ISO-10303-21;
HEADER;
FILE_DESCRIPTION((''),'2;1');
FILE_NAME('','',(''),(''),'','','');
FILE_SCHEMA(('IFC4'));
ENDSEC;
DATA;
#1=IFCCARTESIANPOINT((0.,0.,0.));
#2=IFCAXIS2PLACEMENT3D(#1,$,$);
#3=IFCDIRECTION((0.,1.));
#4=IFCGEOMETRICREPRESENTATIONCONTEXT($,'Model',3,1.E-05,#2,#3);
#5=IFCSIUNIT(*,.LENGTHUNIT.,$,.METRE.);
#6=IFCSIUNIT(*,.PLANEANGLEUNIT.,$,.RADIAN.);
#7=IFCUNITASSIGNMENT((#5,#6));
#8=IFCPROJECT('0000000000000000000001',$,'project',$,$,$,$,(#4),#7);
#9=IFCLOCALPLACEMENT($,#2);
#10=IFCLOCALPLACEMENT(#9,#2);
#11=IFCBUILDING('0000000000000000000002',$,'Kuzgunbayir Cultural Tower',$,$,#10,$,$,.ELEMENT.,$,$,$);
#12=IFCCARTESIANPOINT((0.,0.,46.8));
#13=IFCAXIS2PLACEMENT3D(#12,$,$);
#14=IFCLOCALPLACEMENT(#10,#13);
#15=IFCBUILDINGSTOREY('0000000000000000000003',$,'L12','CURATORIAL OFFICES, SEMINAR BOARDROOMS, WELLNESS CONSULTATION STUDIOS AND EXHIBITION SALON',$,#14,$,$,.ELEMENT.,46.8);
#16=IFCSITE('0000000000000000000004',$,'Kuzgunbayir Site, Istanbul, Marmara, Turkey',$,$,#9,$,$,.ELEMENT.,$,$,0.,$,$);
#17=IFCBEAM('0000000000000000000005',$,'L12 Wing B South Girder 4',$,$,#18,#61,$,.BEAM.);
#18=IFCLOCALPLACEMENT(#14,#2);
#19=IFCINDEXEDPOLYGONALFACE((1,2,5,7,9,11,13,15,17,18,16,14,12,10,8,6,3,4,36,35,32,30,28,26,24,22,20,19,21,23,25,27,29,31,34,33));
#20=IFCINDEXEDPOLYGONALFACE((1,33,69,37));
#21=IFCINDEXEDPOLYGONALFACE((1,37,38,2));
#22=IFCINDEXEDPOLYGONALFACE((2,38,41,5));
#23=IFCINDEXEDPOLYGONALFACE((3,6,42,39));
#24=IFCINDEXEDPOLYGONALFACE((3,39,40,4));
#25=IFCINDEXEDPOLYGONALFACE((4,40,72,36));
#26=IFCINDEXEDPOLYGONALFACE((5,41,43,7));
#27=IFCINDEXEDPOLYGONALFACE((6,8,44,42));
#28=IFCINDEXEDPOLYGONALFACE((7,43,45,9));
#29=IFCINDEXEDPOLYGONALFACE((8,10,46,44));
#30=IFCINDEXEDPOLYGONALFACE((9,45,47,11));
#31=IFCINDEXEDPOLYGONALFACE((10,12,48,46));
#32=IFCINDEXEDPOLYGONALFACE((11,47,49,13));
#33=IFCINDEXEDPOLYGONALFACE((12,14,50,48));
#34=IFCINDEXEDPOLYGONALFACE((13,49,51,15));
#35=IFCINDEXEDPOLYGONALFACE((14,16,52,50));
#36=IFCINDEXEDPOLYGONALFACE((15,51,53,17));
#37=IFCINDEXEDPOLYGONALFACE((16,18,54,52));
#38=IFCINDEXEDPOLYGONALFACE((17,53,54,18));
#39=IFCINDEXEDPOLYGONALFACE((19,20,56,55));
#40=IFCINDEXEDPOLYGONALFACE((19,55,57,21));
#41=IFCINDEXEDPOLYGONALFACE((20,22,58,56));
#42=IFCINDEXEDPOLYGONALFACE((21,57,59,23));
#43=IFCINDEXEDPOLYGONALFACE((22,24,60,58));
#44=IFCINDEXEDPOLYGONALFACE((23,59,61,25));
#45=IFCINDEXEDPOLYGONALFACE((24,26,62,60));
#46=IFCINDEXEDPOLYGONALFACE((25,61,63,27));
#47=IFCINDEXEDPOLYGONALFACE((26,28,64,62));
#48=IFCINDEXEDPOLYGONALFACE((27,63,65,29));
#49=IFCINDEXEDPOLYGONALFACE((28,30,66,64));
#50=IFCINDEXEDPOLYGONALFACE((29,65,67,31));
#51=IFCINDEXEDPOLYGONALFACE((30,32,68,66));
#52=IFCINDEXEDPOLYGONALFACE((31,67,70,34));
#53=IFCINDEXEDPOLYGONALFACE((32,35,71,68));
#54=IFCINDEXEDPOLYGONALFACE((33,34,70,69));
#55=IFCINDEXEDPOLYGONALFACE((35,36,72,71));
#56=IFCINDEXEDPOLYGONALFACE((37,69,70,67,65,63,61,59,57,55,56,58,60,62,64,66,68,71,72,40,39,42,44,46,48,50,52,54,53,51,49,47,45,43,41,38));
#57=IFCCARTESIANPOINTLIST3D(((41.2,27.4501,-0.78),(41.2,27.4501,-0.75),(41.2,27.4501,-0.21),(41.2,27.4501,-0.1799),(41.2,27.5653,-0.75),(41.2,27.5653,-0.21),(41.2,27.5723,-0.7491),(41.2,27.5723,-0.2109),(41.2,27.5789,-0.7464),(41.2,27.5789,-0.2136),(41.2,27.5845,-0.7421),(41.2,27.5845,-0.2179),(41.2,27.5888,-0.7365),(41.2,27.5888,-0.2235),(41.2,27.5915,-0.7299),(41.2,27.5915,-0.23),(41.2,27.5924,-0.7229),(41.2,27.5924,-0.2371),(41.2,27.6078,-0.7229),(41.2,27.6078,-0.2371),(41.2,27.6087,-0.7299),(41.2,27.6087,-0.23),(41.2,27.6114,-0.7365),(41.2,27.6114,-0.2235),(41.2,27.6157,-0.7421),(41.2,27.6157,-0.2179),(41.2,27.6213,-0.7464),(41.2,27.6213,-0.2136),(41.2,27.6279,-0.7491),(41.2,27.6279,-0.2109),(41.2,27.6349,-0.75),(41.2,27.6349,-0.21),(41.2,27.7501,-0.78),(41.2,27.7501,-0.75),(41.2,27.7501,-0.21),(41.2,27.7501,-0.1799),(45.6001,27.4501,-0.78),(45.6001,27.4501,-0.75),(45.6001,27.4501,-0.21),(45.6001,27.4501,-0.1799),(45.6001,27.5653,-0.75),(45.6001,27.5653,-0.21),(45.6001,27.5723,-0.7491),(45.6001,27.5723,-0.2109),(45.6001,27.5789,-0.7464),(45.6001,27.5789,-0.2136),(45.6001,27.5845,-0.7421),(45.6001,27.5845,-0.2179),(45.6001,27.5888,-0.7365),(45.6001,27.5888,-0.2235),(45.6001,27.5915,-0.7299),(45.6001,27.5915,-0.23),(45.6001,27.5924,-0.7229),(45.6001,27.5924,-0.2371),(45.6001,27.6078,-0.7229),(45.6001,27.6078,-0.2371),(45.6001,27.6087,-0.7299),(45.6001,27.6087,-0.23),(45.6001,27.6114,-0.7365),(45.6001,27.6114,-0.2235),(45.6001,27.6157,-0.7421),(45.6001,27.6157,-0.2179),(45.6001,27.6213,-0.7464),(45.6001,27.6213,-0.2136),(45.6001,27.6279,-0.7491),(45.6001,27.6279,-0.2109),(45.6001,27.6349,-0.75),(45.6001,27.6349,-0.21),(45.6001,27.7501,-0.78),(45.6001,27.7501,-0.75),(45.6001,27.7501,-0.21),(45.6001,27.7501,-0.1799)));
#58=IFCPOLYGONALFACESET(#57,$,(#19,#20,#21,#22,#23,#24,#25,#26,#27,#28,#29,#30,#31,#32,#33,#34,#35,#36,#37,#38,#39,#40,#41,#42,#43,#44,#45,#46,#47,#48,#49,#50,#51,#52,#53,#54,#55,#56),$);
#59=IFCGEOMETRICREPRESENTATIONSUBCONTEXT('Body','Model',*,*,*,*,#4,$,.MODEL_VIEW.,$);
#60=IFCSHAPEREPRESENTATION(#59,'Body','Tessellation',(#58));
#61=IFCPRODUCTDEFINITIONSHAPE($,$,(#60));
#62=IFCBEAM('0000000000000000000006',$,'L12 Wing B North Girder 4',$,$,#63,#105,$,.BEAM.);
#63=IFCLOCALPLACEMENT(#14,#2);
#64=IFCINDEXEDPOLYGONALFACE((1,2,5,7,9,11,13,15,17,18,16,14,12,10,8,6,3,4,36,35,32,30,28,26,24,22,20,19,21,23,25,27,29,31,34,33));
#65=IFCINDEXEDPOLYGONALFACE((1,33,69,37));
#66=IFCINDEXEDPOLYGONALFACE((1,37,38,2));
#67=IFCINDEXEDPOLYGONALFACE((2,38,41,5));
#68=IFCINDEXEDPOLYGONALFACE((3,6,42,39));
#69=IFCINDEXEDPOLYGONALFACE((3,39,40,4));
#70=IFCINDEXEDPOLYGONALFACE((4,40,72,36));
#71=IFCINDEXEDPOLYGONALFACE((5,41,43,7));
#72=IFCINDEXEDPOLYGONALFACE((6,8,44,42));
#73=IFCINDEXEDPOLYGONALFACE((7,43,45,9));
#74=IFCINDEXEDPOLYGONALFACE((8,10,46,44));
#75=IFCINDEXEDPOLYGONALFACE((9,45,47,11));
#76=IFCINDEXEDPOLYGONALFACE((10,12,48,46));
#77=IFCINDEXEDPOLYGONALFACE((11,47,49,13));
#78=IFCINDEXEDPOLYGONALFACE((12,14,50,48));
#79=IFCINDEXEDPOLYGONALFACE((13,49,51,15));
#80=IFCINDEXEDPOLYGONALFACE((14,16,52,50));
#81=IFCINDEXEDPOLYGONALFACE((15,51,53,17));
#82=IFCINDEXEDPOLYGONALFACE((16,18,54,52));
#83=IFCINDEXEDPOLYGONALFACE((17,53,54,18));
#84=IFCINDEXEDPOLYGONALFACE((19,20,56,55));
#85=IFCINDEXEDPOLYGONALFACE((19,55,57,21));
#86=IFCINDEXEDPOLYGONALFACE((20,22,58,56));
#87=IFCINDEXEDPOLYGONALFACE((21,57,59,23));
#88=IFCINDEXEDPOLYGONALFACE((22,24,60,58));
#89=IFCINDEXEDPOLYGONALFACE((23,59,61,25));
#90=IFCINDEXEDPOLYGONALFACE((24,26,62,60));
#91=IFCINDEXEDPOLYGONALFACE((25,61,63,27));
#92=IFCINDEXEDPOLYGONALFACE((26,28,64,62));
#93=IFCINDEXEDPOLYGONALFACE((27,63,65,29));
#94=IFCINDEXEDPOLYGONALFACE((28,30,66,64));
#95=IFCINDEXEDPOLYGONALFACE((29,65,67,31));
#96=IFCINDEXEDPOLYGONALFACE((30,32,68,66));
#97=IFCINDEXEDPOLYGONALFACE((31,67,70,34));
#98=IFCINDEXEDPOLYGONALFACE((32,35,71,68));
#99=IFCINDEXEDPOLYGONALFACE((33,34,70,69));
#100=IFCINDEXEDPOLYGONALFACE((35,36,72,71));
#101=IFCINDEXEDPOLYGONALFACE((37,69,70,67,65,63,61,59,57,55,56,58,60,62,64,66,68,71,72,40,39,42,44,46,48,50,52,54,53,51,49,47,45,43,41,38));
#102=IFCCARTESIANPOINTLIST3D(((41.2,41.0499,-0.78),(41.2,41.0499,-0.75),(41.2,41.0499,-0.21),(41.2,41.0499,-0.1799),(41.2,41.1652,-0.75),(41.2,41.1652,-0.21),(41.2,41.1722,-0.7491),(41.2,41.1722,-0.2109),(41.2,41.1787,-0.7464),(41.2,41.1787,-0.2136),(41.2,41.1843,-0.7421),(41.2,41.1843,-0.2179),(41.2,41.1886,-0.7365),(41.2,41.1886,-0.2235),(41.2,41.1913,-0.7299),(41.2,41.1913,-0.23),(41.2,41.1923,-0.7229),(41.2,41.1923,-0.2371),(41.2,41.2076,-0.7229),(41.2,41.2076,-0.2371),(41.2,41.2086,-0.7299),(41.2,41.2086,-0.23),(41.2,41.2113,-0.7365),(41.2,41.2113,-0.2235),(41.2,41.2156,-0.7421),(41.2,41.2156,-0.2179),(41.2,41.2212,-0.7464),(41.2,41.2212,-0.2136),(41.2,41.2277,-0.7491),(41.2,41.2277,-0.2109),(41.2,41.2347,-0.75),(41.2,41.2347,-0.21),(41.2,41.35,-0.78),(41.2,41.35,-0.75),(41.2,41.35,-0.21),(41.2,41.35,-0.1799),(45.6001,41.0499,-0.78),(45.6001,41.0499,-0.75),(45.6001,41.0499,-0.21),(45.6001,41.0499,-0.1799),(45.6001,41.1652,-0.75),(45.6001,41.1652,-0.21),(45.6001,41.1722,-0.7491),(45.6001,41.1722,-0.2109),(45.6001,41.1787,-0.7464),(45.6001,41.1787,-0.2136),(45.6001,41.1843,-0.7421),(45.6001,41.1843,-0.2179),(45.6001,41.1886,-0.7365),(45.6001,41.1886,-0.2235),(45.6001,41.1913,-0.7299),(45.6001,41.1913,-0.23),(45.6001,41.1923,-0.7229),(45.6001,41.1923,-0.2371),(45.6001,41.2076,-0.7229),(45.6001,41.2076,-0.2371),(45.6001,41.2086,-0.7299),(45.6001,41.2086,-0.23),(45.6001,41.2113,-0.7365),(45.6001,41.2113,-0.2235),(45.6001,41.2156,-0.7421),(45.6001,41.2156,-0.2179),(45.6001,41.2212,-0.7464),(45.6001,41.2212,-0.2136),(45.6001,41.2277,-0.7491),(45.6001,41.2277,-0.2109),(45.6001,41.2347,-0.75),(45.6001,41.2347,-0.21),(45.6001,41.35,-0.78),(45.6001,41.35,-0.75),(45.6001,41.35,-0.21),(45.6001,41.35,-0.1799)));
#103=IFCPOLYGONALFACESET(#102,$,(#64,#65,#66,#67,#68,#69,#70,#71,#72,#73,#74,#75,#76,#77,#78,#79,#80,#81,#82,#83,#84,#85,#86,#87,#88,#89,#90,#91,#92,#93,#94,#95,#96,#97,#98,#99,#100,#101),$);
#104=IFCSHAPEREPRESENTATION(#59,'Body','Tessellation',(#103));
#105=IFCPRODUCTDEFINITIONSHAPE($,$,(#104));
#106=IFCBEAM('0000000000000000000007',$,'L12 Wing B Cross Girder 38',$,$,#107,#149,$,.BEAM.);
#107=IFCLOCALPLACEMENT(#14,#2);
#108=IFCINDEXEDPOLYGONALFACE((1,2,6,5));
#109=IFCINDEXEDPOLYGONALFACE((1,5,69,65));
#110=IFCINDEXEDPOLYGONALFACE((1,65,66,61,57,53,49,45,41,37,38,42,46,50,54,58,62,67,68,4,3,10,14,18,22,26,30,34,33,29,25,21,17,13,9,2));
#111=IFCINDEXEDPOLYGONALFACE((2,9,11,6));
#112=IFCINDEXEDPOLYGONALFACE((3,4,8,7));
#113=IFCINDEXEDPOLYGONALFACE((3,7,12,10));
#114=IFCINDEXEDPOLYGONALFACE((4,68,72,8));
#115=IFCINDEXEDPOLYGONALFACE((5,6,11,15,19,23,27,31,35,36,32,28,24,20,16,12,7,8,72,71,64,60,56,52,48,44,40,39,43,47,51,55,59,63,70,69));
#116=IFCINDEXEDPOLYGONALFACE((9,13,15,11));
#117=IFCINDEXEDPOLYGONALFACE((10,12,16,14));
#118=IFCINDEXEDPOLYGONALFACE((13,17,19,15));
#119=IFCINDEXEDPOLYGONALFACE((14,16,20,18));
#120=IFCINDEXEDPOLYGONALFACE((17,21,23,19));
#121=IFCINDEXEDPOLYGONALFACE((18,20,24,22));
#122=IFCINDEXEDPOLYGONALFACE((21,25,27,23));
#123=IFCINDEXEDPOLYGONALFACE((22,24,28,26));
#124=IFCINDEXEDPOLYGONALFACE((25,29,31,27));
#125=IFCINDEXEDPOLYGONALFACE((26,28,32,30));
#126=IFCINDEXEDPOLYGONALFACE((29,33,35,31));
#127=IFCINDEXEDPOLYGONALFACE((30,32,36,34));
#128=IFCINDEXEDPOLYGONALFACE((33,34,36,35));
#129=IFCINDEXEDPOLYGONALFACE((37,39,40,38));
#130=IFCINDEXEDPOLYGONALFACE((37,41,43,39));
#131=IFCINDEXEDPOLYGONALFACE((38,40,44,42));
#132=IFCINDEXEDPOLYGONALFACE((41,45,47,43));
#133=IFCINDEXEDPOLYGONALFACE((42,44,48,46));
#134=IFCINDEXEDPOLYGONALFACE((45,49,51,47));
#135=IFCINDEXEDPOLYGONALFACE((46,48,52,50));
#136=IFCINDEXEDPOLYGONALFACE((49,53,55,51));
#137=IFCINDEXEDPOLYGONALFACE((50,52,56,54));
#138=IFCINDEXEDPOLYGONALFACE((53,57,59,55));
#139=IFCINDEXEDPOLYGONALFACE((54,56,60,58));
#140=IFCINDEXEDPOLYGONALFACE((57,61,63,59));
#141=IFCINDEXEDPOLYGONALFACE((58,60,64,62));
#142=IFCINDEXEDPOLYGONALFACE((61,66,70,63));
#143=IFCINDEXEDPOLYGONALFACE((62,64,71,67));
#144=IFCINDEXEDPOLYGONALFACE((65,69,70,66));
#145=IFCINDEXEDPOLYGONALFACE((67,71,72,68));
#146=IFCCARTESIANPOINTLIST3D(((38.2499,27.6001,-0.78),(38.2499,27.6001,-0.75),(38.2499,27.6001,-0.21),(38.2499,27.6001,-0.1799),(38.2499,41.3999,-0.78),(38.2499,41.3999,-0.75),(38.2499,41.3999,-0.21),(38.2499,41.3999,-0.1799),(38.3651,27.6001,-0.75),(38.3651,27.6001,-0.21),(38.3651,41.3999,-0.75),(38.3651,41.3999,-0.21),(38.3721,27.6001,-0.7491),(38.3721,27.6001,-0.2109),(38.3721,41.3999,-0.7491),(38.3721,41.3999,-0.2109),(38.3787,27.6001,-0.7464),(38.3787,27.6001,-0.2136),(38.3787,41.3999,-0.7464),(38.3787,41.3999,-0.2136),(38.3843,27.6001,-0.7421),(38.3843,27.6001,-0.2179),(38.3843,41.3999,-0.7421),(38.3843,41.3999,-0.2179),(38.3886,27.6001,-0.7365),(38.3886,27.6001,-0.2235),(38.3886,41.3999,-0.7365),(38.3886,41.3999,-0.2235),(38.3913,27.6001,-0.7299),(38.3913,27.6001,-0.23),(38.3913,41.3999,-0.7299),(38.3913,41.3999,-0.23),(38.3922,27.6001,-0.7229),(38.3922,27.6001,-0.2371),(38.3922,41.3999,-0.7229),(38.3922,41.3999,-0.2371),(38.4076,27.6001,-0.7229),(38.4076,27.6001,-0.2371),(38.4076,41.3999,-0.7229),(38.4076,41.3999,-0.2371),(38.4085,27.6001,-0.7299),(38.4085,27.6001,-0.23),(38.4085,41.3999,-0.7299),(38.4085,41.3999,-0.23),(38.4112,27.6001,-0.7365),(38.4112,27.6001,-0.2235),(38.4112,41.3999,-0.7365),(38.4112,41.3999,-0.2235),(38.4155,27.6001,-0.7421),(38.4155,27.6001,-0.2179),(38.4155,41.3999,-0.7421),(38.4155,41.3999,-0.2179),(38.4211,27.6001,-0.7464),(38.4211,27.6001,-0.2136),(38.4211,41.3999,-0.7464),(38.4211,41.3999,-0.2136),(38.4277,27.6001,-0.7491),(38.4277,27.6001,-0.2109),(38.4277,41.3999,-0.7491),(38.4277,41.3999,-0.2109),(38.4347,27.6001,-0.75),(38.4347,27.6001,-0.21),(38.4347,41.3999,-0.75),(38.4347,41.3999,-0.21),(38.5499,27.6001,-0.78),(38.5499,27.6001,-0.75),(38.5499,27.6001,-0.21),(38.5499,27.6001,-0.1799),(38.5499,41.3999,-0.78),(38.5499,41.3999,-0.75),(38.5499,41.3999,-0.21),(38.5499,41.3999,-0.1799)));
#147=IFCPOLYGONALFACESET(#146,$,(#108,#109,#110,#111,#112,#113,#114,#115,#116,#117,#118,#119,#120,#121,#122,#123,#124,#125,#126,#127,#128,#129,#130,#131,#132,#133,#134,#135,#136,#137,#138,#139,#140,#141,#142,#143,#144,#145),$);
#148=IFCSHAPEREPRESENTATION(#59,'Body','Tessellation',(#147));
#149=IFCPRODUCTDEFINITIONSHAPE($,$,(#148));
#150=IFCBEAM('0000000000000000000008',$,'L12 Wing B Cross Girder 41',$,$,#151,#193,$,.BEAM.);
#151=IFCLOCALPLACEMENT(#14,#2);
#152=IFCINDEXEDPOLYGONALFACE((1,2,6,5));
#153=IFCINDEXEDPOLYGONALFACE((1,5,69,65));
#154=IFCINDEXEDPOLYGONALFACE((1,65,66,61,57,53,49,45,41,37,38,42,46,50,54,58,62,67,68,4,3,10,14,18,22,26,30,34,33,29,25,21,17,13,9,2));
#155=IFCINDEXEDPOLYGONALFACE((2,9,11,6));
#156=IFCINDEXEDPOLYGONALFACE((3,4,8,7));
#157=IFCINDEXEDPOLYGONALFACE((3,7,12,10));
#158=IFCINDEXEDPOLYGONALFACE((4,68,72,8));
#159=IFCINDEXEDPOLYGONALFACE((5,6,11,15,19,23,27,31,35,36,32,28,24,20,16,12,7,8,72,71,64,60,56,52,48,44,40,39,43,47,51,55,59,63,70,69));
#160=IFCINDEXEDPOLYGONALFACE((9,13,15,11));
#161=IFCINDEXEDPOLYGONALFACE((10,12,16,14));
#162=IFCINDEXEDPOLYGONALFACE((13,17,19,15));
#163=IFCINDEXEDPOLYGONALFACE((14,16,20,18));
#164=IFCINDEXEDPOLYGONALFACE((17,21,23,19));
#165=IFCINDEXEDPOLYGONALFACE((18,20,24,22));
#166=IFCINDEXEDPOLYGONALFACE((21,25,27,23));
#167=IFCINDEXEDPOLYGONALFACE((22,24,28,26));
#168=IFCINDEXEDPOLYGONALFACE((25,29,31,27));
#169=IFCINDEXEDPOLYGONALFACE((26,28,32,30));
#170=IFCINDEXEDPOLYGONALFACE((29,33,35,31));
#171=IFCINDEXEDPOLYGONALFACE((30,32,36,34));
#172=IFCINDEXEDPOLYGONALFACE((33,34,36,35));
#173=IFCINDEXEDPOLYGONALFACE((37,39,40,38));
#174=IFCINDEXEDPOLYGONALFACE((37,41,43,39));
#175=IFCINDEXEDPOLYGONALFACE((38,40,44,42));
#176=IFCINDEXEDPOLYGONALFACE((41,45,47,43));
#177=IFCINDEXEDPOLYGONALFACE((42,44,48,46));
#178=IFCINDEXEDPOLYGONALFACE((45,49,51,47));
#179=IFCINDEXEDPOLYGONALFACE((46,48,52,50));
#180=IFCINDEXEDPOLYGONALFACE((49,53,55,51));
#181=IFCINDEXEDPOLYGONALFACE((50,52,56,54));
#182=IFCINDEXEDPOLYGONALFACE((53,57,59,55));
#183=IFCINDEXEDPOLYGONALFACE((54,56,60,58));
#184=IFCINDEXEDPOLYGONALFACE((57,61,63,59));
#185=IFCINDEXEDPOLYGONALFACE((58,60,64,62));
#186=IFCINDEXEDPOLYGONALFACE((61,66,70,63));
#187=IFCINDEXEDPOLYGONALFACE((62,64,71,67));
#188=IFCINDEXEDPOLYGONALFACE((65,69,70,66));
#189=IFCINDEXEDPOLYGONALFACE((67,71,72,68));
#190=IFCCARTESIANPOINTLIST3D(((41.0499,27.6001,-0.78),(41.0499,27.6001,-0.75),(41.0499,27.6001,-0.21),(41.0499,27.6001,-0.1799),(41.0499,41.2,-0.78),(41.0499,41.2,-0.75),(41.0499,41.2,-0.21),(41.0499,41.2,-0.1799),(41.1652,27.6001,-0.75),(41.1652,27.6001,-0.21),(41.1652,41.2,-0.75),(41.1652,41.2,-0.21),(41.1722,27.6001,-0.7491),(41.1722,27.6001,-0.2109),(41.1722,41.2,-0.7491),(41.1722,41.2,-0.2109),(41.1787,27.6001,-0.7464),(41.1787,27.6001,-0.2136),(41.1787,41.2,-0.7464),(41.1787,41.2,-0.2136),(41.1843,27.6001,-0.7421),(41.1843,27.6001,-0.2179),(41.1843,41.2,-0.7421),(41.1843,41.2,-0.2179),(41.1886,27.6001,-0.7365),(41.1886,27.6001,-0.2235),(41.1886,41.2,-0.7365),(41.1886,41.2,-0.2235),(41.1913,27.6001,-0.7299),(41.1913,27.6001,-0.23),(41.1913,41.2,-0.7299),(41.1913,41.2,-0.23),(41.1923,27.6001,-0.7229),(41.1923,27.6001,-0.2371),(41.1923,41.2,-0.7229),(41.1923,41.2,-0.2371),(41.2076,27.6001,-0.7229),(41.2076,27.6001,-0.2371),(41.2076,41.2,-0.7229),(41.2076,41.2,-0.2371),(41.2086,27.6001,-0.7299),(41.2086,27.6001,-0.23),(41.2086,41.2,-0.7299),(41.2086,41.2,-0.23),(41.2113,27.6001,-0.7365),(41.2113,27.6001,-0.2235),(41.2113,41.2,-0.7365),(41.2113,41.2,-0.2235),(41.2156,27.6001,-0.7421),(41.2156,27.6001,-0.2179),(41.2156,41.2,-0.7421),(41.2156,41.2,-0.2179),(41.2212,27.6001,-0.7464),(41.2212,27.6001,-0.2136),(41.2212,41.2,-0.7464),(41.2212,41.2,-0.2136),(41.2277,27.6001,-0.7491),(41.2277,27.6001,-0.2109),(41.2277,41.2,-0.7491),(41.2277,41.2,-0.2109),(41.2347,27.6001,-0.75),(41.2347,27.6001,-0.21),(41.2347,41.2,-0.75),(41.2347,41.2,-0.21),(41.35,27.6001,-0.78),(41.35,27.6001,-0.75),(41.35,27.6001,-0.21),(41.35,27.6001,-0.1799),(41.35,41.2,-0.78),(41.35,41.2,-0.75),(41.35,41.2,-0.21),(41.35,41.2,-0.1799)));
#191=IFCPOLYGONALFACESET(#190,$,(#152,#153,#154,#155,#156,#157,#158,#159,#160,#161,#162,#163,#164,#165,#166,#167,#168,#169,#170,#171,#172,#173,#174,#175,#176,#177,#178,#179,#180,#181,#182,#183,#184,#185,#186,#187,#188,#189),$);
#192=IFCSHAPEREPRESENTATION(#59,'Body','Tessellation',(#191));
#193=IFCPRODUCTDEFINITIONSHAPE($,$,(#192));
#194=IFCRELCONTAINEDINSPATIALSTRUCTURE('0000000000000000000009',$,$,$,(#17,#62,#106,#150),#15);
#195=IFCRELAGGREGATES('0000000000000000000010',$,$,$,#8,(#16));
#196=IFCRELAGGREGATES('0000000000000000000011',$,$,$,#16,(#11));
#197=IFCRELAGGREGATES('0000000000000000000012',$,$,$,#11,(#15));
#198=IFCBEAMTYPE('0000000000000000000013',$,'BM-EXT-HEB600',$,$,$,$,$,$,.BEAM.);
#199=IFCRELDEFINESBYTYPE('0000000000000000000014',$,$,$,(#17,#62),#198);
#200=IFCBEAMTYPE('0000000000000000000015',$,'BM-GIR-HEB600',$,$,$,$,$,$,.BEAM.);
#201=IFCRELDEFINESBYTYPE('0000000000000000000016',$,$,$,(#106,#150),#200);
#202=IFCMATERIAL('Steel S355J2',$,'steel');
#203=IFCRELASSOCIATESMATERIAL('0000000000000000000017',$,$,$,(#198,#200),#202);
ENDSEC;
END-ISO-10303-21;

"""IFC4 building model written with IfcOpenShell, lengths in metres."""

from ifc_helpers import new_model, si_unit, direction, frame, origin, origin_2d, place, context, subcontext, project, spatial, i_section, extrude, material, material_profile, profile_set, type_object, element, save


model = new_model("IFC4")

# Units and contexts
model_context = context("Model", 3, precision=1e-05, world=origin(), true_north=direction((0.0, 1.0)))
body_context = subcontext(model_context, "Body", "Model", "MODEL_VIEW")
ifc_project = project(units=[si_unit("LENGTHUNIT", "METRE"), si_unit("PLANEANGLEUNIT", "RADIAN")], contexts=[model_context])

# Site, building, storey
site_placement = place(None, origin())
site = spatial("IfcSite", under=ifc_project, at=site_placement, Name="Kuzgunbayir Site, Istanbul, Marmara, Turkey", CompositionType="ELEMENT", RefElevation=0.0)
building_placement = place(site_placement, origin())
building = spatial("IfcBuilding", under=site, at=building_placement, Name="Kuzgunbayir Cultural Tower", CompositionType="ELEMENT")
storey_placement = place(building_placement, frame((0.0, 0.0, 46.8)))
storey = spatial("IfcBuildingStorey", under=building, at=storey_placement, Name="L12", Description="CURATORIAL OFFICES, SEMINAR BOARDROOMS, WELLNESS CONSULTATION STUDIOS AND EXHIBITION SALON", CompositionType="ELEMENT", Elevation=46.8)

# Beams
ifc_material_1 = material(Name="Steel S355J2", Category="steel")
ifc_material_profile_1 = material_profile(ifc_material_1, i_section(OverallWidth=0.3, OverallDepth=0.6001, WebThickness=0.0154, FlangeThickness=0.03, FilletRadius=0.0271, at=origin_2d()), Name="HEB 600")
ifc_profile_set_1 = profile_set([ifc_material_profile_1], Name="Steel S355J2")
beam_type_1 = type_object("IfcBeamType", Name="BM-EXT-HEB600", PredefinedType="BEAM", material=ifc_profile_set_1)
for number, where, z_axis, x_axis, name in (
    (1, (41.2, 27.6001, -0.48), (1.0, 0.0, 0.0), (0.0, 1.0, 0.0), "L12 Wing B South Girder 4"),
    (2, (41.2, 41.2, -0.48), (1.0, 0.0, 0.0), (0.0, 1.0, 0.0), "L12 Wing B North Girder 4"),
):
    element("IfcBeam", number, at=place(storey_placement, frame(where, z_axis=z_axis, x_axis=x_axis)), inside=storey, type_object=beam_type_1, Name=name, PredefinedType="BEAM", context=body_context, shape_type="SweptSolid", body=[
        extrude(i_section(OverallWidth=0.3, OverallDepth=0.6001, WebThickness=0.0154, FlangeThickness=0.03, FilletRadius=0.0271, at=origin_2d()), origin(), (0.0, 0.0, 1.0), 4.4001),
    ])
ifc_material_profile_2 = material_profile(ifc_material_1, i_section(OverallWidth=0.3, OverallDepth=0.6001, WebThickness=0.0154, FlangeThickness=0.03, FilletRadius=0.0271, at=origin_2d()), Name="HEB 600")
ifc_profile_set_2 = profile_set([ifc_material_profile_2], Name="Steel S355J2")
beam_type_2 = type_object("IfcBeamType", Name="BM-GIR-HEB600", PredefinedType="BEAM", material=ifc_profile_set_2)
beam_1_placement = place(storey_placement, frame((38.3999, 27.6001, -0.48), z_axis=(0.0, 1.0, 0.0), x_axis=(-1.0, 0.0, 0.0)))
element("IfcBeam", 3, at=beam_1_placement, inside=storey, type_object=beam_type_2, Name="L12 Wing B Cross Girder 38", PredefinedType="BEAM", context=body_context, shape_type="SweptSolid", body=[
    extrude(i_section(OverallWidth=0.3, OverallDepth=0.6001, WebThickness=0.0154, FlangeThickness=0.03, FilletRadius=0.0271, at=origin_2d()), origin(), (0.0, 0.0, 1.0), 13.7998),
])
beam_2_placement = place(storey_placement, frame((41.2, 27.6001, -0.48), z_axis=(0.0, 1.0, 0.0), x_axis=(-1.0, 0.0, 0.0)))
element("IfcBeam", 4, at=beam_2_placement, inside=storey, type_object=beam_type_2, Name="L12 Wing B Cross Girder 41", PredefinedType="BEAM", context=body_context, shape_type="SweptSolid", body=[
    extrude(i_section(OverallWidth=0.3, OverallDepth=0.6001, WebThickness=0.0154, FlangeThickness=0.03, FilletRadius=0.0271, at=origin_2d()), origin(), (0.0, 0.0, 1.0), 13.5999),
])

save(model, "model.ifc")
